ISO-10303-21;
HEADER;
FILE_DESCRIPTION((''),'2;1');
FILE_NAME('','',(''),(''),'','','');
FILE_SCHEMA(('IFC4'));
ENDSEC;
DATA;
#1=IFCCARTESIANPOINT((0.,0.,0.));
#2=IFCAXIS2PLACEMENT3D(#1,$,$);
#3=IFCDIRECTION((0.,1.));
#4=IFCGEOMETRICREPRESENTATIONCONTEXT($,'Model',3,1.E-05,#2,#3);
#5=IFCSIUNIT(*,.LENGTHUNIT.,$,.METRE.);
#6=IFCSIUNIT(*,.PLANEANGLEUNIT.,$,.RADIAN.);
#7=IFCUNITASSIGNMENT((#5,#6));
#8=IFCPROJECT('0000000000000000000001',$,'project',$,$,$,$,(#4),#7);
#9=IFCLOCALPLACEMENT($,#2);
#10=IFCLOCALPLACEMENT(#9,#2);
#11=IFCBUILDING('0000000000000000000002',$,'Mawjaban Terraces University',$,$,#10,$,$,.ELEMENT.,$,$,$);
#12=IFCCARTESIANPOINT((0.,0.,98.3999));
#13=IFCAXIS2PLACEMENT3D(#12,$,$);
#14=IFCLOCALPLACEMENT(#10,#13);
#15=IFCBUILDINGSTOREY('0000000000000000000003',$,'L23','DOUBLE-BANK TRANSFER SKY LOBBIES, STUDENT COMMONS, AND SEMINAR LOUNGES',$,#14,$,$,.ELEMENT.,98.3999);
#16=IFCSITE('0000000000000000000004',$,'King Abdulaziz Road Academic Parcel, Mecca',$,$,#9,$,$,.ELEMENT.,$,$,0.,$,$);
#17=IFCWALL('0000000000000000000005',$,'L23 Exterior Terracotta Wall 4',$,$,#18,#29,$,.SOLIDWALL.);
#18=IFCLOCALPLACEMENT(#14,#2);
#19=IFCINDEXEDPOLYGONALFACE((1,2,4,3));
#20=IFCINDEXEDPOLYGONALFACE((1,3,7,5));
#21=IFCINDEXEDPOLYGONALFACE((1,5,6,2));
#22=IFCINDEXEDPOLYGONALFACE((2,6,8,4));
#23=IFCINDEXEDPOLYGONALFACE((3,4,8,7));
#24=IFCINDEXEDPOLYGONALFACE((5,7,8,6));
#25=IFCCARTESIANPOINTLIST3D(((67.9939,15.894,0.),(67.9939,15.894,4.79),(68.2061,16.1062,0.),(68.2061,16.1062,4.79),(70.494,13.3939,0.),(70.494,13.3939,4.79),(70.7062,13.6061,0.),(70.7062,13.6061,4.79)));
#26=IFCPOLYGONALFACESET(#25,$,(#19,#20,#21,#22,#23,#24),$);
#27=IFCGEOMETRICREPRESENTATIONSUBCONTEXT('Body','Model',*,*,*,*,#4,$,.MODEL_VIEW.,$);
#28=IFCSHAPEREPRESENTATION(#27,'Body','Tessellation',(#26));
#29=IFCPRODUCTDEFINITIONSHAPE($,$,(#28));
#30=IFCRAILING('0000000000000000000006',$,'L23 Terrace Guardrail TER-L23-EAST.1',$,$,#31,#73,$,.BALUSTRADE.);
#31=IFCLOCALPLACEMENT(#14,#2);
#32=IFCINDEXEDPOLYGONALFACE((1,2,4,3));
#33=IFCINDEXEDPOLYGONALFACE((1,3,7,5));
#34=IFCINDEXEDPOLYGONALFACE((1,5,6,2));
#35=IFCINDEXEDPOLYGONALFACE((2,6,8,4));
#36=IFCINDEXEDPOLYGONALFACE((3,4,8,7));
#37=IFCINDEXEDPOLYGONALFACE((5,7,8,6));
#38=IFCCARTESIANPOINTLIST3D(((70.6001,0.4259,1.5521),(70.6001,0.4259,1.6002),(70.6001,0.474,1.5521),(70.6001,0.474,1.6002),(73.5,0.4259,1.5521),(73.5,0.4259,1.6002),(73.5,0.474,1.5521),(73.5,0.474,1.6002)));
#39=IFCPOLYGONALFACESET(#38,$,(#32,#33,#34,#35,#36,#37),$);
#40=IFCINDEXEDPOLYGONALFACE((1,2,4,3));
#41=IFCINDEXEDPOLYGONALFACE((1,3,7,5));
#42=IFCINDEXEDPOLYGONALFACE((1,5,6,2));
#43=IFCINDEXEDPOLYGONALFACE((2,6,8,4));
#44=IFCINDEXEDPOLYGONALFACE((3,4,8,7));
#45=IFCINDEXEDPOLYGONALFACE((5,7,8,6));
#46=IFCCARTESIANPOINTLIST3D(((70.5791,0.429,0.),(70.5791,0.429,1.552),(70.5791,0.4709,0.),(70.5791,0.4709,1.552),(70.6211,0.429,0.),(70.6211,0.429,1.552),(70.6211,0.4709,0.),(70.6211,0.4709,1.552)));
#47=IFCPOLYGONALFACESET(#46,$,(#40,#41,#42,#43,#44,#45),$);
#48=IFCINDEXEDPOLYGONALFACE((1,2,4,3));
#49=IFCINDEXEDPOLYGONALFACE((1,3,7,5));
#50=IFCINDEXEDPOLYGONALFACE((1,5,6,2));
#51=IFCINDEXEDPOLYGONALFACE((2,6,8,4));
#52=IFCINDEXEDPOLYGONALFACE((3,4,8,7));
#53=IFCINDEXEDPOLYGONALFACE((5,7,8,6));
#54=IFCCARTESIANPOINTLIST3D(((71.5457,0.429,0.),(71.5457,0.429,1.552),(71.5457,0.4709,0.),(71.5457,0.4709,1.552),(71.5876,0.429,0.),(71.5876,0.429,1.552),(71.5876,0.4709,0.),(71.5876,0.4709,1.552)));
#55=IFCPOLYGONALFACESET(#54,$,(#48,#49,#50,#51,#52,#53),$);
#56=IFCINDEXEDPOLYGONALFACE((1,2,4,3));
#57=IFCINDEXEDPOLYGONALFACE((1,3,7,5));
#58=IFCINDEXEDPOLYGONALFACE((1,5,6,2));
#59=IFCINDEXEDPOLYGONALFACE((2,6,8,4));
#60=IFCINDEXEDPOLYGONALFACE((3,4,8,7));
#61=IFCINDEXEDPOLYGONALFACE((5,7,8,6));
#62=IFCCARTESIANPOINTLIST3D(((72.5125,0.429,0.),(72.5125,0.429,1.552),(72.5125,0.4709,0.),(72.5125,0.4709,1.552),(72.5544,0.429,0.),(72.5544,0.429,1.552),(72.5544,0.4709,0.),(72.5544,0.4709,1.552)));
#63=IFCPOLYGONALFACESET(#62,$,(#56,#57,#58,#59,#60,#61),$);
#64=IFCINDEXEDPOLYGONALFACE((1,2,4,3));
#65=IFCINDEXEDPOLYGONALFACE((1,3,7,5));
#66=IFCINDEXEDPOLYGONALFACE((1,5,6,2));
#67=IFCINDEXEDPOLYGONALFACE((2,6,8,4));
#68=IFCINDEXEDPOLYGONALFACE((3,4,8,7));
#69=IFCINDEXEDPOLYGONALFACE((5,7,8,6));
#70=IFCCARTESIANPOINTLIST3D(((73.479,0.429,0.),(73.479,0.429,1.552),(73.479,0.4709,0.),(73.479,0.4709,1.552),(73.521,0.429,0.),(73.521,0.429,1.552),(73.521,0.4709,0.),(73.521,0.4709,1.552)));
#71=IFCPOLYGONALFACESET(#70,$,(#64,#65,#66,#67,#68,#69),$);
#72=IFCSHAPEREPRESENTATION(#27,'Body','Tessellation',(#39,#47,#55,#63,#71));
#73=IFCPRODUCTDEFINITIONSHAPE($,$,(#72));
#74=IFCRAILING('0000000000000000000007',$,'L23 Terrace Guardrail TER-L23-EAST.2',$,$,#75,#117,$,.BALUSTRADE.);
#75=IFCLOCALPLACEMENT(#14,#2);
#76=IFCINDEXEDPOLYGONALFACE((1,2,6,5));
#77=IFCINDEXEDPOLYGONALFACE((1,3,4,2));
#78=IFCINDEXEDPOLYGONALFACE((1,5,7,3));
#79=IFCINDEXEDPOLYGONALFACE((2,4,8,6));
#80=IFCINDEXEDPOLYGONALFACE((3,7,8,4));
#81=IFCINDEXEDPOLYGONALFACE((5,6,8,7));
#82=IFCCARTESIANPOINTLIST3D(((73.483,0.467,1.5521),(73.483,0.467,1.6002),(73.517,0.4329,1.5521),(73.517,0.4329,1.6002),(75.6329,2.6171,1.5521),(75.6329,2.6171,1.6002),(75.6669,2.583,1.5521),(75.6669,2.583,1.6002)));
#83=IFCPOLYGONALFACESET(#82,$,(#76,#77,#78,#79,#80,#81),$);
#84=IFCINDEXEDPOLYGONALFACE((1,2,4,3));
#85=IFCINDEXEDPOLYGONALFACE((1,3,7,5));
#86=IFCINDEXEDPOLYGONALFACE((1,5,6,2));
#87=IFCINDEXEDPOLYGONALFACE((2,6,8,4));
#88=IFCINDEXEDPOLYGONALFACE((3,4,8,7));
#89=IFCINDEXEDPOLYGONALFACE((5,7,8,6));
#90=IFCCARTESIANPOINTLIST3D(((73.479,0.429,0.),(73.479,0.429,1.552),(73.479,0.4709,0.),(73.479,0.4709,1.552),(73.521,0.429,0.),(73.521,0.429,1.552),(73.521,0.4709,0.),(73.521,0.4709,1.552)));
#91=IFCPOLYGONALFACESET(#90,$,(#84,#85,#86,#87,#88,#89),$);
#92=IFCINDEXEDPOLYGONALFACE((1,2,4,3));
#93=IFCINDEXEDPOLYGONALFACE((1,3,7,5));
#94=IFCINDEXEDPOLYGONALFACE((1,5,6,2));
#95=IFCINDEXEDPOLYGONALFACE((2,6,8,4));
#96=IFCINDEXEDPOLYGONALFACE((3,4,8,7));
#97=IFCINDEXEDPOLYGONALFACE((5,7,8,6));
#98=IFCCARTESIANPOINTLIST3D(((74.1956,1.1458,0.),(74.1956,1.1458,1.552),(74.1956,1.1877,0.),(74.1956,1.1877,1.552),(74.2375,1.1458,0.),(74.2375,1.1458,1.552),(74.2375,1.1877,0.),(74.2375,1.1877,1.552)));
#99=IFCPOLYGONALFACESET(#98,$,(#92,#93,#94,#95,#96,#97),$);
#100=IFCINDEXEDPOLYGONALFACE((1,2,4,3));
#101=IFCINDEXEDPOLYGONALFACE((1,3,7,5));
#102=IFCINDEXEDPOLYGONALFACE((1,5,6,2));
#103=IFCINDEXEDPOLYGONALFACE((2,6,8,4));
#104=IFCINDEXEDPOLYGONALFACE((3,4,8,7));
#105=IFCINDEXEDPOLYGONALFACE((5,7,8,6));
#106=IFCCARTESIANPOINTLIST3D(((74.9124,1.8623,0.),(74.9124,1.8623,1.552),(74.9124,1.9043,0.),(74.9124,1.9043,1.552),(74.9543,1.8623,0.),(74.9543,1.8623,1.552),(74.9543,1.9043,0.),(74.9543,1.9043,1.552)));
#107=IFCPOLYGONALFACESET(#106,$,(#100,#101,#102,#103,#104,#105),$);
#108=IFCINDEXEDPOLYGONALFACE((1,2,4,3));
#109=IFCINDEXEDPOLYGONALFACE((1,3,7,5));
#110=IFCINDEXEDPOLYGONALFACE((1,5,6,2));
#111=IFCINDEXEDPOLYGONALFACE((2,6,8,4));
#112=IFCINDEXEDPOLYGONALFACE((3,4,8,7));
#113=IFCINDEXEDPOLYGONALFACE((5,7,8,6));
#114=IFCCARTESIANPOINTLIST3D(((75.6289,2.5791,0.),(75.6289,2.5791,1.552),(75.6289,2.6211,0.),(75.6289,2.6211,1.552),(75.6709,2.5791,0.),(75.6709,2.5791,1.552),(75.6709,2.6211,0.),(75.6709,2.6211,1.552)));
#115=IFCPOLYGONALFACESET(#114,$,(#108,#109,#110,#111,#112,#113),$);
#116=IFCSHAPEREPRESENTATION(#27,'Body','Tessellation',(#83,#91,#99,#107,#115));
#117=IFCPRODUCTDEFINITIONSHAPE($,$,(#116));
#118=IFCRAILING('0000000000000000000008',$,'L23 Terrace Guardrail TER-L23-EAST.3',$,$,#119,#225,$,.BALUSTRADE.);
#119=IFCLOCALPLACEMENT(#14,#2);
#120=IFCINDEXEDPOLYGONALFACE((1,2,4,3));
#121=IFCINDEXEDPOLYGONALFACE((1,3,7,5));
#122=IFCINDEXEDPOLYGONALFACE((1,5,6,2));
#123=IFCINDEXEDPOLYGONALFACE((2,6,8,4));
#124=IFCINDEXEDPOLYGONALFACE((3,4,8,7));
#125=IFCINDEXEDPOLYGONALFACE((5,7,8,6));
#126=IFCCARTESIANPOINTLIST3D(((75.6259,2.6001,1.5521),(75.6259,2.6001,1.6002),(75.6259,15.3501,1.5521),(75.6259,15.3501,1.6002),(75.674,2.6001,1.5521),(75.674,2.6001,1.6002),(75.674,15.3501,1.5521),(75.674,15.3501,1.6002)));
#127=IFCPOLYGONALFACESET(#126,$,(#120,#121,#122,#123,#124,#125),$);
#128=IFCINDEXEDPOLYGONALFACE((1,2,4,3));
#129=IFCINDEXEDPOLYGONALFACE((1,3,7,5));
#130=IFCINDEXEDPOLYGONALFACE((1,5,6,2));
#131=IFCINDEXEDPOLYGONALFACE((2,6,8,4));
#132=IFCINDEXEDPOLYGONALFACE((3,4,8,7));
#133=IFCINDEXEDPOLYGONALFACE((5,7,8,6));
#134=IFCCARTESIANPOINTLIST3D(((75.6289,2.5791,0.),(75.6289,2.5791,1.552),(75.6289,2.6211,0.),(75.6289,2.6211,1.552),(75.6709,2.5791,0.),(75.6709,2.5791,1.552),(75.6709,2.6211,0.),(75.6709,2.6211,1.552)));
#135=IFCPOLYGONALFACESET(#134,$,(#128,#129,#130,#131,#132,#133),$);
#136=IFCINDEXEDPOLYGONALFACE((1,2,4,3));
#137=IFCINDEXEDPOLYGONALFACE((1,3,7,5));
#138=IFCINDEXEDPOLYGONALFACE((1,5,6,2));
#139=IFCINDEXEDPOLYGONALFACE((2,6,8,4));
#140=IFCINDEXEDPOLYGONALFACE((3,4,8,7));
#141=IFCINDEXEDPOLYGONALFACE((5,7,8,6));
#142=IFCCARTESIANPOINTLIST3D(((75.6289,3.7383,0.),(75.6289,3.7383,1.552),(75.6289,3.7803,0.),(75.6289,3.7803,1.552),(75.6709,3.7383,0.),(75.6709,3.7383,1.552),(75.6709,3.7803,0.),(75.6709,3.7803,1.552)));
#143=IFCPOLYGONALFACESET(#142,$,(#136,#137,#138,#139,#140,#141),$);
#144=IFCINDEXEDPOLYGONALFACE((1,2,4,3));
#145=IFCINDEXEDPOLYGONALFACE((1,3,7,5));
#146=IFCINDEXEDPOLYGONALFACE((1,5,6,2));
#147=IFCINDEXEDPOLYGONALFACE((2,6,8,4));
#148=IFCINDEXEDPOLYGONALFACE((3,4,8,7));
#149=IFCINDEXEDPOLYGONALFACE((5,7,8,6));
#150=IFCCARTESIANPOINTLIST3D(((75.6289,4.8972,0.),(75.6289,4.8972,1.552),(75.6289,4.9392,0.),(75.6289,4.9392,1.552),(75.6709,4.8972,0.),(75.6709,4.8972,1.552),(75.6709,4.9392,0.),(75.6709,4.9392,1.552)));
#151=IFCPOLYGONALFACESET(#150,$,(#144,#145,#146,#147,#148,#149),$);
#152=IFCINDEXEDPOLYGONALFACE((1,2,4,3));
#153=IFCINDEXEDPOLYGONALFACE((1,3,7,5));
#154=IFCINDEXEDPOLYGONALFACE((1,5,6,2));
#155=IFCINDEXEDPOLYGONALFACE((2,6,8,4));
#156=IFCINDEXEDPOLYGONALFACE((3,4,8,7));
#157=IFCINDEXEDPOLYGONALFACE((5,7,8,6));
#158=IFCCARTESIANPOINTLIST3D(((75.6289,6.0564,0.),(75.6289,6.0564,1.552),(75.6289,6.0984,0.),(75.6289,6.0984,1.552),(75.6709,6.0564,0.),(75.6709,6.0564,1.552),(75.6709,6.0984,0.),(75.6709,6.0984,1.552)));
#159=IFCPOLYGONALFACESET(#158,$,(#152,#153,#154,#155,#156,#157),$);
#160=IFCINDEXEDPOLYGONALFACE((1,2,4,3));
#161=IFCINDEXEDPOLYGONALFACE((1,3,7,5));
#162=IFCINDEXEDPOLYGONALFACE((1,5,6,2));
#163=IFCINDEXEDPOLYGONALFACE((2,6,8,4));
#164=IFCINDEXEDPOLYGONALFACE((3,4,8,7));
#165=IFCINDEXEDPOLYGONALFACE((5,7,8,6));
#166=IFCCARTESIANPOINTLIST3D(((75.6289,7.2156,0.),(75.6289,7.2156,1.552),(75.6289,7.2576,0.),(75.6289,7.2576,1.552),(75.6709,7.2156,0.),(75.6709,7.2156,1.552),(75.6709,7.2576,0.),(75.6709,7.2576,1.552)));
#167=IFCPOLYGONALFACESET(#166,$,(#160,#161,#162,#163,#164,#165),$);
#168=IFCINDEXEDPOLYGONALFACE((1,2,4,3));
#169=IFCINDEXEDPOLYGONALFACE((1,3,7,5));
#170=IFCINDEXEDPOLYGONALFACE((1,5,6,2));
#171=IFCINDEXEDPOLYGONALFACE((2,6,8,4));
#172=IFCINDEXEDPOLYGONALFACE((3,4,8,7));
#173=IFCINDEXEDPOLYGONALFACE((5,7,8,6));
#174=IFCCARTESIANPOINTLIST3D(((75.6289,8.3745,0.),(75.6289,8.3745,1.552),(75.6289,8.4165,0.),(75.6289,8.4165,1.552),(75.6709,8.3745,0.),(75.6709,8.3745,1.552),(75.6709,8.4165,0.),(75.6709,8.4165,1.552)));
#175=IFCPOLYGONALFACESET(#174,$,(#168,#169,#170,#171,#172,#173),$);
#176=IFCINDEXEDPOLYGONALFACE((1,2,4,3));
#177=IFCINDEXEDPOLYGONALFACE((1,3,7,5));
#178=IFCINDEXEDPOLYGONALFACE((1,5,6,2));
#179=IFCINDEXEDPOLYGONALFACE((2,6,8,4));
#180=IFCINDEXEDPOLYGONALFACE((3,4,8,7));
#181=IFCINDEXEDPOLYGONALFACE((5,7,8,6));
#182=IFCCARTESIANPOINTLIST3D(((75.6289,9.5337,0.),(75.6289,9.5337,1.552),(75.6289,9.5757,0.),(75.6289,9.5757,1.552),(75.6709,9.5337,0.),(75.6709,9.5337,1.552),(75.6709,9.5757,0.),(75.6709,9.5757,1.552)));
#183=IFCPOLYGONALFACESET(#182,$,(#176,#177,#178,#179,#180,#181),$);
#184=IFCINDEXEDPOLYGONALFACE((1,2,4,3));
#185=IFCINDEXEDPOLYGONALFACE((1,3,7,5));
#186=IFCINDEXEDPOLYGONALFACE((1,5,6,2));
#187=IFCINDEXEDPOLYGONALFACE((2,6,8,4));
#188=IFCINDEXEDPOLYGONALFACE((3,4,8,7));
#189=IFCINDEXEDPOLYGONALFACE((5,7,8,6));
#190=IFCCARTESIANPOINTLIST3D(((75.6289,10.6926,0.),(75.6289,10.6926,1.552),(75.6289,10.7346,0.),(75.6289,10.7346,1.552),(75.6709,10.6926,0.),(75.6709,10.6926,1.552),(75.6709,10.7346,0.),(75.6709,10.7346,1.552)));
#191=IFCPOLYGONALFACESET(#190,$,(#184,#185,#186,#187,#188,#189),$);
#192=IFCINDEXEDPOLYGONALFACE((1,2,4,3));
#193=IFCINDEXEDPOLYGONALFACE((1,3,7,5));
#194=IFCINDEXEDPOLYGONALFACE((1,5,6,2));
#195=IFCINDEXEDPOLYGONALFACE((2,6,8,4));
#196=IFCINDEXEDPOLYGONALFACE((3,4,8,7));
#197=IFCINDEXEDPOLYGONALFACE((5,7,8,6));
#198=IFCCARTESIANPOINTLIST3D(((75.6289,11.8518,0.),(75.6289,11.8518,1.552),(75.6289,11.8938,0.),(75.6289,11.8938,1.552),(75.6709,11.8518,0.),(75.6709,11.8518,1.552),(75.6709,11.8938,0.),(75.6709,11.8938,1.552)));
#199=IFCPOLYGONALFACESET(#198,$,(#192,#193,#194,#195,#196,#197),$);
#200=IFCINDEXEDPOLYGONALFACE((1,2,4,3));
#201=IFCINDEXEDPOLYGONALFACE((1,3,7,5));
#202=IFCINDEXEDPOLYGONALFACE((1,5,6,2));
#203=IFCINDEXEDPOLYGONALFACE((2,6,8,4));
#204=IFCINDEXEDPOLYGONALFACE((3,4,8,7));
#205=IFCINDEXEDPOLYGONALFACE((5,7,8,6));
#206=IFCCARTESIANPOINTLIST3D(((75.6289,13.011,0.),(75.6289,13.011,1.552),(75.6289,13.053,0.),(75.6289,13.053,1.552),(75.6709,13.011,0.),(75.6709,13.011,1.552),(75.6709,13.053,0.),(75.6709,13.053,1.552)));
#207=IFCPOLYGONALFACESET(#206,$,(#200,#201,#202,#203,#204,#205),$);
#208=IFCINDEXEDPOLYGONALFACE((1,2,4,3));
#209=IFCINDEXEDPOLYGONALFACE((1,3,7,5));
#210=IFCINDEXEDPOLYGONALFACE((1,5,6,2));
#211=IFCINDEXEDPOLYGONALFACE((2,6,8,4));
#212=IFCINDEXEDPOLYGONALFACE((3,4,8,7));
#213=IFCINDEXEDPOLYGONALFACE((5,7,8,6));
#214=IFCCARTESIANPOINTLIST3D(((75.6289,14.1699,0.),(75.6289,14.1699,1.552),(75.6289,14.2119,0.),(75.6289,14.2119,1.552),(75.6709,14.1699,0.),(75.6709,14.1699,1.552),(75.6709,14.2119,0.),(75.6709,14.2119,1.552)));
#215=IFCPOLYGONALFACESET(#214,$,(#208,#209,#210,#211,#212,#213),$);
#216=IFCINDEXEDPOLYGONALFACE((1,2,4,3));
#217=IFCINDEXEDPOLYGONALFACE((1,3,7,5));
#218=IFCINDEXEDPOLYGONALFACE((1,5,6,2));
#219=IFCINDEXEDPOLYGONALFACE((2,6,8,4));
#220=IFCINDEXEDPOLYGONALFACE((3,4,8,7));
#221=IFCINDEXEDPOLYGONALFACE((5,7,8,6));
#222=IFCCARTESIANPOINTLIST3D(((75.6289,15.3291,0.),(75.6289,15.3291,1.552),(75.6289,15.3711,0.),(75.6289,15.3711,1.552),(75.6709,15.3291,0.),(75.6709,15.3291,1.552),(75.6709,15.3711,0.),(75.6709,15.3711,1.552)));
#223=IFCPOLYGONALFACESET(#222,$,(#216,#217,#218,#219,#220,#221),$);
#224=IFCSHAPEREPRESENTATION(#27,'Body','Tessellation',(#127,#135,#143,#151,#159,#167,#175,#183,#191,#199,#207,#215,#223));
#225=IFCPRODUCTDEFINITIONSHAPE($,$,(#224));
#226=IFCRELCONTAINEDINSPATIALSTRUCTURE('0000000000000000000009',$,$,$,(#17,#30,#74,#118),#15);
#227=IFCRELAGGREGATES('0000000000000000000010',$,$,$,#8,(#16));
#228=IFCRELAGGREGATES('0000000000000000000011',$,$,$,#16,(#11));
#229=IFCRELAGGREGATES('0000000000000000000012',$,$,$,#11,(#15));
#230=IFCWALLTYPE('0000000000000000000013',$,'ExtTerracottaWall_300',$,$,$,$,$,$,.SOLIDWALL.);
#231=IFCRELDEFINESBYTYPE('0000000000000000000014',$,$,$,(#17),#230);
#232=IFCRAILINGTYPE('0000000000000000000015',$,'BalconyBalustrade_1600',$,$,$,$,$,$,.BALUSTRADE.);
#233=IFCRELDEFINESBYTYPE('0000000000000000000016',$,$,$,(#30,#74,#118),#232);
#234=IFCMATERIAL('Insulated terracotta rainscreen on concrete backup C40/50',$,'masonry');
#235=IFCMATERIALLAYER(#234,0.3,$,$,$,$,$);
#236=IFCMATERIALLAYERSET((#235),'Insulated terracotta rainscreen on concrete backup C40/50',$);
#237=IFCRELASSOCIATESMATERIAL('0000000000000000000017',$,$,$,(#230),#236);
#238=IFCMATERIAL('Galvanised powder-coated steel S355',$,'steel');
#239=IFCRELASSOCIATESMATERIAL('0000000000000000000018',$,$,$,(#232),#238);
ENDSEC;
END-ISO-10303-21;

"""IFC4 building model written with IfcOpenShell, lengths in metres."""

from ifc_helpers import new_model, si_unit, direction, frame, frame_2d, origin, origin_2d, place, context, subcontext, project, spatial, rectangle, extrude, material, layer, layer_set, type_object, element, save


model = new_model("IFC4")

# Units and contexts
model_context = context("Model", 3, precision=1e-05, world=origin(), true_north=direction((0.0, 1.0)))
body_context = subcontext(model_context, "Body", "Model", "MODEL_VIEW")
ifc_project = project(units=[si_unit("LENGTHUNIT", "METRE"), si_unit("PLANEANGLEUNIT", "RADIAN")], contexts=[model_context])

# Site, building, storey
site_placement = place(None, origin())
site = spatial("IfcSite", under=ifc_project, at=site_placement, Name="King Abdulaziz Road Academic Parcel, Mecca", CompositionType="ELEMENT", RefElevation=0.0)
building_placement = place(site_placement, origin())
building = spatial("IfcBuilding", under=site, at=building_placement, Name="Mawjaban Terraces University", CompositionType="ELEMENT")
storey_placement = place(building_placement, frame((0.0, 0.0, 98.3999)))
storey = spatial("IfcBuildingStorey", under=building, at=storey_placement, Name="L23", Description="DOUBLE-BANK TRANSFER SKY LOBBIES, STUDENT COMMONS, AND SEMINAR LOUNGES", CompositionType="ELEMENT", Elevation=98.3999)

# Shared definitions
ifc_material_1 = material(Name="Insulated terracotta rainscreen on concrete backup C40/50", Category="masonry")
ifc_layer_1 = layer(ifc_material_1, 0.3)
ifc_layer_set_1 = layer_set([ifc_layer_1], Name="Insulated terracotta rainscreen on concrete backup C40/50")
wall_type = type_object("IfcWallType", Name="ExtTerracottaWall_300", PredefinedType="SOLIDWALL", material=ifc_layer_set_1)

# Wall
wall_1_placement = place(storey_placement, frame((70.6001, 13.5, 0.0), z_axis=(0.0, 0.0, 1.0), x_axis=(-0.707107, 0.707107, 0.0)))
element("IfcWall", 1, at=wall_1_placement, inside=storey, type_object=wall_type, Name="L23 Exterior Terracotta Wall 4", PredefinedType="SOLIDWALL", context=body_context, shape_type="SweptSolid", body=[
    extrude(rectangle(XDim=3.5356, YDim=0.3, at=frame_2d((1.7678, 0.0))), origin(), (0.0, 0.0, 1.0), 4.79),
])

# Railings
ifc_material_2 = material(Name="Galvanised powder-coated steel S355", Category="steel")
railing_type = type_object("IfcRailingType", Name="BalconyBalustrade_1600", PredefinedType="BALUSTRADE", material=ifc_material_2)
railing_1_placement = place(storey_placement, frame((70.6001, 0.45, 0.0)))
element("IfcRailing", 2, at=railing_1_placement, inside=storey, type_object=railing_type, Name="L23 Terrace Guardrail TER-L23-EAST.1", PredefinedType="BALUSTRADE", context=body_context, shape_type="SweptSolid", body=[
    extrude(rectangle(XDim=0.0481, YDim=0.0481, at=origin_2d()), frame((0.0, 0.0, 1.5762), z_axis=(1.0, 0.0, 0.0), x_axis=(0.0, 1.0, 0.0)), (0.0, 0.0, 1.0), 2.8999),
    extrude(rectangle(XDim=0.042, YDim=0.042, at=origin_2d()), origin(), (0.0, 0.0, 1.0), 1.552),
    extrude(rectangle(XDim=0.042, YDim=0.042, at=origin_2d()), frame((0.9666, 0.0, 0.0)), (0.0, 0.0, 1.0), 1.552),
    extrude(rectangle(XDim=0.042, YDim=0.042, at=origin_2d()), frame((1.9333, 0.0, 0.0)), (0.0, 0.0, 1.0), 1.552),
    extrude(rectangle(XDim=0.042, YDim=0.042, at=origin_2d()), frame((2.8999, 0.0, 0.0)), (0.0, 0.0, 1.0), 1.552),
])
railing_2_placement = place(storey_placement, frame((73.5, 0.45, 0.0)))
element("IfcRailing", 3, at=railing_2_placement, inside=storey, type_object=railing_type, Name="L23 Terrace Guardrail TER-L23-EAST.2", PredefinedType="BALUSTRADE", context=body_context, shape_type="SweptSolid", body=[
    extrude(rectangle(XDim=0.0481, YDim=0.0481, at=origin_2d()), frame((0.0, 0.0, 1.5762), z_axis=(0.707067, 0.707147, 0.0), x_axis=(-0.707147, 0.707067, 0.0)), (0.0, 0.0, 1.0), 3.0405),
    extrude(rectangle(XDim=0.042, YDim=0.042, at=origin_2d()), origin(), (0.0, 0.0, 1.0), 1.552),
    extrude(rectangle(XDim=0.042, YDim=0.042, at=origin_2d()), frame((0.7166, 0.7168, 0.0)), (0.0, 0.0, 1.0), 1.552),
    extrude(rectangle(XDim=0.042, YDim=0.042, at=origin_2d()), frame((1.4333, 1.4333, 0.0)), (0.0, 0.0, 1.0), 1.552),
    extrude(rectangle(XDim=0.042, YDim=0.042, at=origin_2d()), frame((2.1499, 2.1501, 0.0)), (0.0, 0.0, 1.0), 1.552),
])
railing_3_placement = place(storey_placement, frame((75.6499, 2.6001, 0.0)))
element("IfcRailing", 4, at=railing_3_placement, inside=storey, type_object=railing_type, Name="L23 Terrace Guardrail TER-L23-EAST.3", PredefinedType="BALUSTRADE", context=body_context, shape_type="SweptSolid", body=[
    extrude(rectangle(XDim=0.0481, YDim=0.0481, at=origin_2d()), frame((0.0, 0.0, 1.5762), z_axis=(0.0, 1.0, 0.0), x_axis=(-1.0, 0.0, 0.0)), (0.0, 0.0, 1.0), 12.75),
    extrude(rectangle(XDim=0.042, YDim=0.042, at=origin_2d()), origin(), (0.0, 0.0, 1.0), 1.552),
    extrude(rectangle(XDim=0.042, YDim=0.042, at=origin_2d()), frame((0.0, 1.1592, 0.0)), (0.0, 0.0, 1.0), 1.552),
    extrude(rectangle(XDim=0.042, YDim=0.042, at=origin_2d()), frame((0.0, 2.3181, 0.0)), (0.0, 0.0, 1.0), 1.552),
    extrude(rectangle(XDim=0.042, YDim=0.042, at=origin_2d()), frame((0.0, 3.4773, 0.0)), (0.0, 0.0, 1.0), 1.552),
    extrude(rectangle(XDim=0.042, YDim=0.042, at=origin_2d()), frame((0.0, 4.6365, 0.0)), (0.0, 0.0, 1.0), 1.552),
    extrude(rectangle(XDim=0.042, YDim=0.042, at=origin_2d()), frame((0.0, 5.7954, 0.0)), (0.0, 0.0, 1.0), 1.552),
    extrude(rectangle(XDim=0.042, YDim=0.042, at=origin_2d()), frame((0.0, 6.9546, 0.0)), (0.0, 0.0, 1.0), 1.552),
    extrude(rectangle(XDim=0.042, YDim=0.042, at=origin_2d()), frame((0.0, 8.1135, 0.0)), (0.0, 0.0, 1.0), 1.552),
    extrude(rectangle(XDim=0.042, YDim=0.042, at=origin_2d()), frame((0.0, 9.2727, 0.0)), (0.0, 0.0, 1.0), 1.552),
    extrude(rectangle(XDim=0.042, YDim=0.042, at=origin_2d()), frame((0.0, 10.4319, 0.0)), (0.0, 0.0, 1.0), 1.552),
    extrude(rectangle(XDim=0.042, YDim=0.042, at=origin_2d()), frame((0.0, 11.5908, 0.0)), (0.0, 0.0, 1.0), 1.552),
    extrude(rectangle(XDim=0.042, YDim=0.042, at=origin_2d()), frame((0.0, 12.75, 0.0)), (0.0, 0.0, 1.0), 1.552),
])

save(model, "model.ifc")
